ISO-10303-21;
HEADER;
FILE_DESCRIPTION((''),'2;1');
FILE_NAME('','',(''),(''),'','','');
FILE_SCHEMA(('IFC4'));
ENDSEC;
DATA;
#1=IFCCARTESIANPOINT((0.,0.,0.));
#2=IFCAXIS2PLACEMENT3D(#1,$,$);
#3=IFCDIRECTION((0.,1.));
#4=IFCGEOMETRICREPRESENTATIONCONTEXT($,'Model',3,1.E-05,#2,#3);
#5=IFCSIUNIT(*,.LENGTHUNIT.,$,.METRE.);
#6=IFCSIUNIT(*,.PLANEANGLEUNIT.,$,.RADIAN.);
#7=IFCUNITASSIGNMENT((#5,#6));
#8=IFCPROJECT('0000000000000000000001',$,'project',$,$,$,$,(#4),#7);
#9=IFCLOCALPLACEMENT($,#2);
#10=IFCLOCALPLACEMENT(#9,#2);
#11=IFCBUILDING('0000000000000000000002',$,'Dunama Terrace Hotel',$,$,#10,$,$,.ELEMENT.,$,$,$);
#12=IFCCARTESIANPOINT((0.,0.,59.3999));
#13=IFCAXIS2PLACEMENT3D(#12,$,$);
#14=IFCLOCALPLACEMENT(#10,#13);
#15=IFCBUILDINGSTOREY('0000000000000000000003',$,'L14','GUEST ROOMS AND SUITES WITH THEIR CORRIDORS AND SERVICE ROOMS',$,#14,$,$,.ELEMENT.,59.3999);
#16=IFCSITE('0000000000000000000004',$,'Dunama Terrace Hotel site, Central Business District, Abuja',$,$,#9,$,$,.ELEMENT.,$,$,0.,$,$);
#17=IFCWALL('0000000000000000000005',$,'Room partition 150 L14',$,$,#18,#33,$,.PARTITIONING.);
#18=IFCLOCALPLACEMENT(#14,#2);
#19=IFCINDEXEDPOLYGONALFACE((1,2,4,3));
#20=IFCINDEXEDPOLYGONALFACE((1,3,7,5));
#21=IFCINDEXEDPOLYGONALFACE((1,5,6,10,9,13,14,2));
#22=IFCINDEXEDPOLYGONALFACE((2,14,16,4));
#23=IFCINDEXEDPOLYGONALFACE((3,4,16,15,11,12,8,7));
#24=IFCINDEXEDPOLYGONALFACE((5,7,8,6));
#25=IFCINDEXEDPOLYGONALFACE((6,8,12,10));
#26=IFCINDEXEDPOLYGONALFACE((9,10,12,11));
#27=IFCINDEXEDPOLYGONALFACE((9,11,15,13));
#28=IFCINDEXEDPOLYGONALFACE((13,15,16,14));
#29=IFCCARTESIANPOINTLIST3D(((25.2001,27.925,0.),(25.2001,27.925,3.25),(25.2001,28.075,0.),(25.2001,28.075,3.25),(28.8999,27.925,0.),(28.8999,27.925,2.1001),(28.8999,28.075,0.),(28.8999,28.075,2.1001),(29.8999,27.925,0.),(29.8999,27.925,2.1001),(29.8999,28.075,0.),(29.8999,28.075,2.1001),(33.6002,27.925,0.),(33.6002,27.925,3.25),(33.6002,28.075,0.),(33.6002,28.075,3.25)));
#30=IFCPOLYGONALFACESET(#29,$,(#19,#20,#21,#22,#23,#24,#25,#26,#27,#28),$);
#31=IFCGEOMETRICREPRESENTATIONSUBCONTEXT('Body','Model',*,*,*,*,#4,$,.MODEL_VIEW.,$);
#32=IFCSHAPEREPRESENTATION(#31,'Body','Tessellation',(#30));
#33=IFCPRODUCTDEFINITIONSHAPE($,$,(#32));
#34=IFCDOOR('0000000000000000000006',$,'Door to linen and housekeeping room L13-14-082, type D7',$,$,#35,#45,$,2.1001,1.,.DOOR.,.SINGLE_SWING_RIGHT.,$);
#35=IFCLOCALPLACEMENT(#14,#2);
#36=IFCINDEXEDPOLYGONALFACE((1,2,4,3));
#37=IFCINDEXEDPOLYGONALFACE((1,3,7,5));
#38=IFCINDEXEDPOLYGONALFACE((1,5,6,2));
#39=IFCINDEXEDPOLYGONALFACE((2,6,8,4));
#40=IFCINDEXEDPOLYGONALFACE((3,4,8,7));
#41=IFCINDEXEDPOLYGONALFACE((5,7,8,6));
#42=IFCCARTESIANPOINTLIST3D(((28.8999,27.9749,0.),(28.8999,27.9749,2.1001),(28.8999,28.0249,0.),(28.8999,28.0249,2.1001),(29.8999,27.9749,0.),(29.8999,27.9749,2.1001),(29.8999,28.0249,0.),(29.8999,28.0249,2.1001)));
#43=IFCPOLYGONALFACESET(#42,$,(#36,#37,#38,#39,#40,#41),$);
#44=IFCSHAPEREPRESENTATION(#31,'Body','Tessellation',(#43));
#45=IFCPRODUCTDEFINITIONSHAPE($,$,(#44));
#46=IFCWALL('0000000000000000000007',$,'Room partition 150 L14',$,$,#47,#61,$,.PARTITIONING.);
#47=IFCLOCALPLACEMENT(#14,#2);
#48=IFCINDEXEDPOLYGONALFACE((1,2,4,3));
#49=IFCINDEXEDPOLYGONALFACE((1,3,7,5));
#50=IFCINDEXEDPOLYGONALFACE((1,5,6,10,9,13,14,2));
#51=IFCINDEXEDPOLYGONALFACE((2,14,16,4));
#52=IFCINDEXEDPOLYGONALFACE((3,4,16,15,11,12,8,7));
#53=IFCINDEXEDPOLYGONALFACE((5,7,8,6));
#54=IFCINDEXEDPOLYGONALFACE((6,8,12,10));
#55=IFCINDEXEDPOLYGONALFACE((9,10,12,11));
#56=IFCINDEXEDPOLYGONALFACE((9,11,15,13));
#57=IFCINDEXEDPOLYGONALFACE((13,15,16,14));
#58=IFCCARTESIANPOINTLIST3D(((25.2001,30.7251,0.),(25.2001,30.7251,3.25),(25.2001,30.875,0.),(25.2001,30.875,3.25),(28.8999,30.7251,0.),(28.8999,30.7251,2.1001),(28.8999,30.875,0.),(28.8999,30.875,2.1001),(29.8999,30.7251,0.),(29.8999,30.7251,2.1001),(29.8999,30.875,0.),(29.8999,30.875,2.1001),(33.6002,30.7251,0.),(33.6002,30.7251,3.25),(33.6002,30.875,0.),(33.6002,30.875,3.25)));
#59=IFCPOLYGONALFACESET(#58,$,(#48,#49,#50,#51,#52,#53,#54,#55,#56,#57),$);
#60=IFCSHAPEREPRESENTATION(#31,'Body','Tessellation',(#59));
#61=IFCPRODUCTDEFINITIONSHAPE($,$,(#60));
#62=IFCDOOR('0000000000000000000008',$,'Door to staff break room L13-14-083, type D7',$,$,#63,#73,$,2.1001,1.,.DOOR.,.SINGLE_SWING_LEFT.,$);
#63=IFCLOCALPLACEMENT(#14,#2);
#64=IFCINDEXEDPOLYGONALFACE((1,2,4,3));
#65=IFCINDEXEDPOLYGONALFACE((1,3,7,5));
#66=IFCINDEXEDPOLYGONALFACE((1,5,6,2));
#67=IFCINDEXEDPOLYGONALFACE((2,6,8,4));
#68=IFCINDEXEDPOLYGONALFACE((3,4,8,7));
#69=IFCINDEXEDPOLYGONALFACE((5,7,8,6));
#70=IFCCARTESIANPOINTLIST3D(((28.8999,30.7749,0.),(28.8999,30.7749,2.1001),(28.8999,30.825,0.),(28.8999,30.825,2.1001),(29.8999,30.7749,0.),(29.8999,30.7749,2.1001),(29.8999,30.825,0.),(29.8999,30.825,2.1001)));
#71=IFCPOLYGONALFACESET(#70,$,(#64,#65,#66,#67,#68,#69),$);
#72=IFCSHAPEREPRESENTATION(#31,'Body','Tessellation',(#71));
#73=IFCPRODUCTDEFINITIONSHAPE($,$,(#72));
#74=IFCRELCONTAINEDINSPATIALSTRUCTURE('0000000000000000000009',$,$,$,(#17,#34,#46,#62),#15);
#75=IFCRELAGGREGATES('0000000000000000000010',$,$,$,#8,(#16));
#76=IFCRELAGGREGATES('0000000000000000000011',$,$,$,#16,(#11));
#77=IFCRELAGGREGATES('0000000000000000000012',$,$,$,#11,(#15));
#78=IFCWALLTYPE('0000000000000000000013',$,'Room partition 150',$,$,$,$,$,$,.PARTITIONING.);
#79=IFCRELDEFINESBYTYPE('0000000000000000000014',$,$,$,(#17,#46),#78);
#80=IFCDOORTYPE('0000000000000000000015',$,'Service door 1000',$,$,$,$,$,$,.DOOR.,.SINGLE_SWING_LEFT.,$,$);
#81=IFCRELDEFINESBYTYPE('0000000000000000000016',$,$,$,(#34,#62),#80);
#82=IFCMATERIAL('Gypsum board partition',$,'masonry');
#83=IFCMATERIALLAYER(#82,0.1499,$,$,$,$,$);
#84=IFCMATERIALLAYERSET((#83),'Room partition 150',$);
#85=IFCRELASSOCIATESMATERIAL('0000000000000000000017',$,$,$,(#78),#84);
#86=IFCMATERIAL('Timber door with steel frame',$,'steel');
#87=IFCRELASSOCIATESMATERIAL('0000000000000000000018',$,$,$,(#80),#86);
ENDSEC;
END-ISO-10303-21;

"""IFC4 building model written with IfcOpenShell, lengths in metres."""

from ifc_helpers import new_model, si_unit, direction, frame, frame_2d, origin, place, context, subcontext, project, spatial, rectangle, extrude, material, layer, layer_set, type_object, element, fill, save


model = new_model("IFC4")

# Units and contexts
model_context = context("Model", 3, precision=1e-05, world=origin(), true_north=direction((0.0, 1.0)))
body_context = subcontext(model_context, "Body", "Model", "MODEL_VIEW")
ifc_project = project(units=[si_unit("LENGTHUNIT", "METRE"), si_unit("PLANEANGLEUNIT", "RADIAN")], contexts=[model_context])

# Site, building, storey
site_placement = place(None, origin())
site = spatial("IfcSite", under=ifc_project, at=site_placement, Name="Dunama Terrace Hotel site, Central Business District, Abuja", CompositionType="ELEMENT", RefElevation=0.0)
building_placement = place(site_placement, origin())
building = spatial("IfcBuilding", under=site, at=building_placement, Name="Dunama Terrace Hotel", CompositionType="ELEMENT")
storey_placement = place(building_placement, frame((0.0, 0.0, 59.3999)))
storey = spatial("IfcBuildingStorey", under=building, at=storey_placement, Name="L14", Description="GUEST ROOMS AND SUITES WITH THEIR CORRIDORS AND SERVICE ROOMS", CompositionType="ELEMENT", Elevation=59.3999)

# Walls, openings, doors
ifc_material_1 = material(Name="Gypsum board partition", Category="masonry")
ifc_layer_1 = layer(ifc_material_1, 0.1499)
ifc_layer_set_1 = layer_set([ifc_layer_1], Name="Room partition 150")
wall_type_1 = type_object("IfcWallType", Name="Room partition 150", PredefinedType="PARTITIONING", material=ifc_layer_set_1)
wall_1_placement = place(storey_placement, frame((25.2, 28.0, 0.0), z_axis=(0.0, 0.0, 1.0), x_axis=(1.0, 0.0, 0.0)))
wall_1 = element("IfcWall", 1, at=wall_1_placement, inside=storey, type_object=wall_type_1, Name="Room partition 150 L14", PredefinedType="PARTITIONING", context=body_context, shape_type="SweptSolid", body=[
    extrude(rectangle(XDim=8.4001, YDim=0.1499, at=frame_2d((4.2002, 0.0))), origin(), (0.0, 0.0, 1.0), 3.25),
])
opening_1_placement = place(wall_1_placement, frame((3.7, 0.0, 0.0)))
opening_1 = element("IfcOpeningElement", 2, at=opening_1_placement, cuts=wall_1, PredefinedType="OPENING", context=body_context, shape_type="SweptSolid", body=[
    extrude(rectangle(XDim=1.0, YDim=2.1001, at=frame_2d((0.5, 1.05))), frame((0.0, 0.085, 0.0), z_axis=(0.0, -1.0, 0.0), x_axis=(1.0, 0.0, 0.0)), (0.0, 0.0, 1.0), 0.1699),
])
ifc_material_2 = material(Name="Timber door with steel frame", Category="steel")
door_type_1 = type_object("IfcDoorType", Name="Service door 1000", OperationType="SINGLE_SWING_LEFT", PredefinedType="DOOR", material=ifc_material_2)
door_1_placement = place(opening_1_placement, frame((1.0, 0.0, 0.0), z_axis=(0.0, 0.0, 1.0), x_axis=(-1.0, 0.0, 0.0)))
door_1 = element("IfcDoor", 3, at=door_1_placement, inside=storey, type_object=door_type_1, Name="Door to linen and housekeeping room L13-14-082, type D7", OperationType="SINGLE_SWING_RIGHT", OverallHeight=2.1001, OverallWidth=1.0, PredefinedType="DOOR", context=body_context, shape_type="SweptSolid", body=[
    extrude(rectangle(XDim=1.0, YDim=2.1001, at=frame_2d((0.5, 1.05))), frame((0.0, 0.0251, 0.0), z_axis=(0.0, -1.0, 0.0), x_axis=(1.0, 0.0, 0.0)), (0.0, 0.0, 1.0), 0.05),
])
fill(opening_1, door_1)
wall_2_placement = place(storey_placement, frame((25.2, 30.8, 0.0), z_axis=(0.0, 0.0, 1.0), x_axis=(1.0, 0.0, 0.0)))
wall_2 = element("IfcWall", 4, at=wall_2_placement, inside=storey, type_object=wall_type_1, Name="Room partition 150 L14", PredefinedType="PARTITIONING", context=body_context, shape_type="SweptSolid", body=[
    extrude(rectangle(XDim=8.4001, YDim=0.1499, at=frame_2d((4.2002, 0.0))), origin(), (0.0, 0.0, 1.0), 3.25),
])
opening_2_placement = place(wall_2_placement, frame((3.7, 0.0, 0.0)))
opening_2 = element("IfcOpeningElement", 5, at=opening_2_placement, cuts=wall_2, PredefinedType="OPENING", context=body_context, shape_type="SweptSolid", body=[
    extrude(rectangle(XDim=1.0, YDim=2.1001, at=frame_2d((0.5, 1.05))), frame((0.0, 0.085, 0.0), z_axis=(0.0, -1.0, 0.0), x_axis=(1.0, 0.0, 0.0)), (0.0, 0.0, 1.0), 0.1699),
])
door_2_placement = place(opening_2_placement, origin())
door_2 = element("IfcDoor", 6, at=door_2_placement, inside=storey, type_object=door_type_1, Name="Door to staff break room L13-14-083, type D7", OperationType="SINGLE_SWING_LEFT", OverallHeight=2.1001, OverallWidth=1.0, PredefinedType="DOOR", context=body_context, shape_type="SweptSolid", body=[
    extrude(rectangle(XDim=1.0, YDim=2.1001, at=frame_2d((0.5, 1.05))), frame((0.0, 0.0249, 0.0), z_axis=(0.0, -1.0, 0.0), x_axis=(1.0, 0.0, 0.0)), (0.0, 0.0, 1.0), 0.05),
])
fill(opening_2, door_2)

save(model, "model.ifc")
